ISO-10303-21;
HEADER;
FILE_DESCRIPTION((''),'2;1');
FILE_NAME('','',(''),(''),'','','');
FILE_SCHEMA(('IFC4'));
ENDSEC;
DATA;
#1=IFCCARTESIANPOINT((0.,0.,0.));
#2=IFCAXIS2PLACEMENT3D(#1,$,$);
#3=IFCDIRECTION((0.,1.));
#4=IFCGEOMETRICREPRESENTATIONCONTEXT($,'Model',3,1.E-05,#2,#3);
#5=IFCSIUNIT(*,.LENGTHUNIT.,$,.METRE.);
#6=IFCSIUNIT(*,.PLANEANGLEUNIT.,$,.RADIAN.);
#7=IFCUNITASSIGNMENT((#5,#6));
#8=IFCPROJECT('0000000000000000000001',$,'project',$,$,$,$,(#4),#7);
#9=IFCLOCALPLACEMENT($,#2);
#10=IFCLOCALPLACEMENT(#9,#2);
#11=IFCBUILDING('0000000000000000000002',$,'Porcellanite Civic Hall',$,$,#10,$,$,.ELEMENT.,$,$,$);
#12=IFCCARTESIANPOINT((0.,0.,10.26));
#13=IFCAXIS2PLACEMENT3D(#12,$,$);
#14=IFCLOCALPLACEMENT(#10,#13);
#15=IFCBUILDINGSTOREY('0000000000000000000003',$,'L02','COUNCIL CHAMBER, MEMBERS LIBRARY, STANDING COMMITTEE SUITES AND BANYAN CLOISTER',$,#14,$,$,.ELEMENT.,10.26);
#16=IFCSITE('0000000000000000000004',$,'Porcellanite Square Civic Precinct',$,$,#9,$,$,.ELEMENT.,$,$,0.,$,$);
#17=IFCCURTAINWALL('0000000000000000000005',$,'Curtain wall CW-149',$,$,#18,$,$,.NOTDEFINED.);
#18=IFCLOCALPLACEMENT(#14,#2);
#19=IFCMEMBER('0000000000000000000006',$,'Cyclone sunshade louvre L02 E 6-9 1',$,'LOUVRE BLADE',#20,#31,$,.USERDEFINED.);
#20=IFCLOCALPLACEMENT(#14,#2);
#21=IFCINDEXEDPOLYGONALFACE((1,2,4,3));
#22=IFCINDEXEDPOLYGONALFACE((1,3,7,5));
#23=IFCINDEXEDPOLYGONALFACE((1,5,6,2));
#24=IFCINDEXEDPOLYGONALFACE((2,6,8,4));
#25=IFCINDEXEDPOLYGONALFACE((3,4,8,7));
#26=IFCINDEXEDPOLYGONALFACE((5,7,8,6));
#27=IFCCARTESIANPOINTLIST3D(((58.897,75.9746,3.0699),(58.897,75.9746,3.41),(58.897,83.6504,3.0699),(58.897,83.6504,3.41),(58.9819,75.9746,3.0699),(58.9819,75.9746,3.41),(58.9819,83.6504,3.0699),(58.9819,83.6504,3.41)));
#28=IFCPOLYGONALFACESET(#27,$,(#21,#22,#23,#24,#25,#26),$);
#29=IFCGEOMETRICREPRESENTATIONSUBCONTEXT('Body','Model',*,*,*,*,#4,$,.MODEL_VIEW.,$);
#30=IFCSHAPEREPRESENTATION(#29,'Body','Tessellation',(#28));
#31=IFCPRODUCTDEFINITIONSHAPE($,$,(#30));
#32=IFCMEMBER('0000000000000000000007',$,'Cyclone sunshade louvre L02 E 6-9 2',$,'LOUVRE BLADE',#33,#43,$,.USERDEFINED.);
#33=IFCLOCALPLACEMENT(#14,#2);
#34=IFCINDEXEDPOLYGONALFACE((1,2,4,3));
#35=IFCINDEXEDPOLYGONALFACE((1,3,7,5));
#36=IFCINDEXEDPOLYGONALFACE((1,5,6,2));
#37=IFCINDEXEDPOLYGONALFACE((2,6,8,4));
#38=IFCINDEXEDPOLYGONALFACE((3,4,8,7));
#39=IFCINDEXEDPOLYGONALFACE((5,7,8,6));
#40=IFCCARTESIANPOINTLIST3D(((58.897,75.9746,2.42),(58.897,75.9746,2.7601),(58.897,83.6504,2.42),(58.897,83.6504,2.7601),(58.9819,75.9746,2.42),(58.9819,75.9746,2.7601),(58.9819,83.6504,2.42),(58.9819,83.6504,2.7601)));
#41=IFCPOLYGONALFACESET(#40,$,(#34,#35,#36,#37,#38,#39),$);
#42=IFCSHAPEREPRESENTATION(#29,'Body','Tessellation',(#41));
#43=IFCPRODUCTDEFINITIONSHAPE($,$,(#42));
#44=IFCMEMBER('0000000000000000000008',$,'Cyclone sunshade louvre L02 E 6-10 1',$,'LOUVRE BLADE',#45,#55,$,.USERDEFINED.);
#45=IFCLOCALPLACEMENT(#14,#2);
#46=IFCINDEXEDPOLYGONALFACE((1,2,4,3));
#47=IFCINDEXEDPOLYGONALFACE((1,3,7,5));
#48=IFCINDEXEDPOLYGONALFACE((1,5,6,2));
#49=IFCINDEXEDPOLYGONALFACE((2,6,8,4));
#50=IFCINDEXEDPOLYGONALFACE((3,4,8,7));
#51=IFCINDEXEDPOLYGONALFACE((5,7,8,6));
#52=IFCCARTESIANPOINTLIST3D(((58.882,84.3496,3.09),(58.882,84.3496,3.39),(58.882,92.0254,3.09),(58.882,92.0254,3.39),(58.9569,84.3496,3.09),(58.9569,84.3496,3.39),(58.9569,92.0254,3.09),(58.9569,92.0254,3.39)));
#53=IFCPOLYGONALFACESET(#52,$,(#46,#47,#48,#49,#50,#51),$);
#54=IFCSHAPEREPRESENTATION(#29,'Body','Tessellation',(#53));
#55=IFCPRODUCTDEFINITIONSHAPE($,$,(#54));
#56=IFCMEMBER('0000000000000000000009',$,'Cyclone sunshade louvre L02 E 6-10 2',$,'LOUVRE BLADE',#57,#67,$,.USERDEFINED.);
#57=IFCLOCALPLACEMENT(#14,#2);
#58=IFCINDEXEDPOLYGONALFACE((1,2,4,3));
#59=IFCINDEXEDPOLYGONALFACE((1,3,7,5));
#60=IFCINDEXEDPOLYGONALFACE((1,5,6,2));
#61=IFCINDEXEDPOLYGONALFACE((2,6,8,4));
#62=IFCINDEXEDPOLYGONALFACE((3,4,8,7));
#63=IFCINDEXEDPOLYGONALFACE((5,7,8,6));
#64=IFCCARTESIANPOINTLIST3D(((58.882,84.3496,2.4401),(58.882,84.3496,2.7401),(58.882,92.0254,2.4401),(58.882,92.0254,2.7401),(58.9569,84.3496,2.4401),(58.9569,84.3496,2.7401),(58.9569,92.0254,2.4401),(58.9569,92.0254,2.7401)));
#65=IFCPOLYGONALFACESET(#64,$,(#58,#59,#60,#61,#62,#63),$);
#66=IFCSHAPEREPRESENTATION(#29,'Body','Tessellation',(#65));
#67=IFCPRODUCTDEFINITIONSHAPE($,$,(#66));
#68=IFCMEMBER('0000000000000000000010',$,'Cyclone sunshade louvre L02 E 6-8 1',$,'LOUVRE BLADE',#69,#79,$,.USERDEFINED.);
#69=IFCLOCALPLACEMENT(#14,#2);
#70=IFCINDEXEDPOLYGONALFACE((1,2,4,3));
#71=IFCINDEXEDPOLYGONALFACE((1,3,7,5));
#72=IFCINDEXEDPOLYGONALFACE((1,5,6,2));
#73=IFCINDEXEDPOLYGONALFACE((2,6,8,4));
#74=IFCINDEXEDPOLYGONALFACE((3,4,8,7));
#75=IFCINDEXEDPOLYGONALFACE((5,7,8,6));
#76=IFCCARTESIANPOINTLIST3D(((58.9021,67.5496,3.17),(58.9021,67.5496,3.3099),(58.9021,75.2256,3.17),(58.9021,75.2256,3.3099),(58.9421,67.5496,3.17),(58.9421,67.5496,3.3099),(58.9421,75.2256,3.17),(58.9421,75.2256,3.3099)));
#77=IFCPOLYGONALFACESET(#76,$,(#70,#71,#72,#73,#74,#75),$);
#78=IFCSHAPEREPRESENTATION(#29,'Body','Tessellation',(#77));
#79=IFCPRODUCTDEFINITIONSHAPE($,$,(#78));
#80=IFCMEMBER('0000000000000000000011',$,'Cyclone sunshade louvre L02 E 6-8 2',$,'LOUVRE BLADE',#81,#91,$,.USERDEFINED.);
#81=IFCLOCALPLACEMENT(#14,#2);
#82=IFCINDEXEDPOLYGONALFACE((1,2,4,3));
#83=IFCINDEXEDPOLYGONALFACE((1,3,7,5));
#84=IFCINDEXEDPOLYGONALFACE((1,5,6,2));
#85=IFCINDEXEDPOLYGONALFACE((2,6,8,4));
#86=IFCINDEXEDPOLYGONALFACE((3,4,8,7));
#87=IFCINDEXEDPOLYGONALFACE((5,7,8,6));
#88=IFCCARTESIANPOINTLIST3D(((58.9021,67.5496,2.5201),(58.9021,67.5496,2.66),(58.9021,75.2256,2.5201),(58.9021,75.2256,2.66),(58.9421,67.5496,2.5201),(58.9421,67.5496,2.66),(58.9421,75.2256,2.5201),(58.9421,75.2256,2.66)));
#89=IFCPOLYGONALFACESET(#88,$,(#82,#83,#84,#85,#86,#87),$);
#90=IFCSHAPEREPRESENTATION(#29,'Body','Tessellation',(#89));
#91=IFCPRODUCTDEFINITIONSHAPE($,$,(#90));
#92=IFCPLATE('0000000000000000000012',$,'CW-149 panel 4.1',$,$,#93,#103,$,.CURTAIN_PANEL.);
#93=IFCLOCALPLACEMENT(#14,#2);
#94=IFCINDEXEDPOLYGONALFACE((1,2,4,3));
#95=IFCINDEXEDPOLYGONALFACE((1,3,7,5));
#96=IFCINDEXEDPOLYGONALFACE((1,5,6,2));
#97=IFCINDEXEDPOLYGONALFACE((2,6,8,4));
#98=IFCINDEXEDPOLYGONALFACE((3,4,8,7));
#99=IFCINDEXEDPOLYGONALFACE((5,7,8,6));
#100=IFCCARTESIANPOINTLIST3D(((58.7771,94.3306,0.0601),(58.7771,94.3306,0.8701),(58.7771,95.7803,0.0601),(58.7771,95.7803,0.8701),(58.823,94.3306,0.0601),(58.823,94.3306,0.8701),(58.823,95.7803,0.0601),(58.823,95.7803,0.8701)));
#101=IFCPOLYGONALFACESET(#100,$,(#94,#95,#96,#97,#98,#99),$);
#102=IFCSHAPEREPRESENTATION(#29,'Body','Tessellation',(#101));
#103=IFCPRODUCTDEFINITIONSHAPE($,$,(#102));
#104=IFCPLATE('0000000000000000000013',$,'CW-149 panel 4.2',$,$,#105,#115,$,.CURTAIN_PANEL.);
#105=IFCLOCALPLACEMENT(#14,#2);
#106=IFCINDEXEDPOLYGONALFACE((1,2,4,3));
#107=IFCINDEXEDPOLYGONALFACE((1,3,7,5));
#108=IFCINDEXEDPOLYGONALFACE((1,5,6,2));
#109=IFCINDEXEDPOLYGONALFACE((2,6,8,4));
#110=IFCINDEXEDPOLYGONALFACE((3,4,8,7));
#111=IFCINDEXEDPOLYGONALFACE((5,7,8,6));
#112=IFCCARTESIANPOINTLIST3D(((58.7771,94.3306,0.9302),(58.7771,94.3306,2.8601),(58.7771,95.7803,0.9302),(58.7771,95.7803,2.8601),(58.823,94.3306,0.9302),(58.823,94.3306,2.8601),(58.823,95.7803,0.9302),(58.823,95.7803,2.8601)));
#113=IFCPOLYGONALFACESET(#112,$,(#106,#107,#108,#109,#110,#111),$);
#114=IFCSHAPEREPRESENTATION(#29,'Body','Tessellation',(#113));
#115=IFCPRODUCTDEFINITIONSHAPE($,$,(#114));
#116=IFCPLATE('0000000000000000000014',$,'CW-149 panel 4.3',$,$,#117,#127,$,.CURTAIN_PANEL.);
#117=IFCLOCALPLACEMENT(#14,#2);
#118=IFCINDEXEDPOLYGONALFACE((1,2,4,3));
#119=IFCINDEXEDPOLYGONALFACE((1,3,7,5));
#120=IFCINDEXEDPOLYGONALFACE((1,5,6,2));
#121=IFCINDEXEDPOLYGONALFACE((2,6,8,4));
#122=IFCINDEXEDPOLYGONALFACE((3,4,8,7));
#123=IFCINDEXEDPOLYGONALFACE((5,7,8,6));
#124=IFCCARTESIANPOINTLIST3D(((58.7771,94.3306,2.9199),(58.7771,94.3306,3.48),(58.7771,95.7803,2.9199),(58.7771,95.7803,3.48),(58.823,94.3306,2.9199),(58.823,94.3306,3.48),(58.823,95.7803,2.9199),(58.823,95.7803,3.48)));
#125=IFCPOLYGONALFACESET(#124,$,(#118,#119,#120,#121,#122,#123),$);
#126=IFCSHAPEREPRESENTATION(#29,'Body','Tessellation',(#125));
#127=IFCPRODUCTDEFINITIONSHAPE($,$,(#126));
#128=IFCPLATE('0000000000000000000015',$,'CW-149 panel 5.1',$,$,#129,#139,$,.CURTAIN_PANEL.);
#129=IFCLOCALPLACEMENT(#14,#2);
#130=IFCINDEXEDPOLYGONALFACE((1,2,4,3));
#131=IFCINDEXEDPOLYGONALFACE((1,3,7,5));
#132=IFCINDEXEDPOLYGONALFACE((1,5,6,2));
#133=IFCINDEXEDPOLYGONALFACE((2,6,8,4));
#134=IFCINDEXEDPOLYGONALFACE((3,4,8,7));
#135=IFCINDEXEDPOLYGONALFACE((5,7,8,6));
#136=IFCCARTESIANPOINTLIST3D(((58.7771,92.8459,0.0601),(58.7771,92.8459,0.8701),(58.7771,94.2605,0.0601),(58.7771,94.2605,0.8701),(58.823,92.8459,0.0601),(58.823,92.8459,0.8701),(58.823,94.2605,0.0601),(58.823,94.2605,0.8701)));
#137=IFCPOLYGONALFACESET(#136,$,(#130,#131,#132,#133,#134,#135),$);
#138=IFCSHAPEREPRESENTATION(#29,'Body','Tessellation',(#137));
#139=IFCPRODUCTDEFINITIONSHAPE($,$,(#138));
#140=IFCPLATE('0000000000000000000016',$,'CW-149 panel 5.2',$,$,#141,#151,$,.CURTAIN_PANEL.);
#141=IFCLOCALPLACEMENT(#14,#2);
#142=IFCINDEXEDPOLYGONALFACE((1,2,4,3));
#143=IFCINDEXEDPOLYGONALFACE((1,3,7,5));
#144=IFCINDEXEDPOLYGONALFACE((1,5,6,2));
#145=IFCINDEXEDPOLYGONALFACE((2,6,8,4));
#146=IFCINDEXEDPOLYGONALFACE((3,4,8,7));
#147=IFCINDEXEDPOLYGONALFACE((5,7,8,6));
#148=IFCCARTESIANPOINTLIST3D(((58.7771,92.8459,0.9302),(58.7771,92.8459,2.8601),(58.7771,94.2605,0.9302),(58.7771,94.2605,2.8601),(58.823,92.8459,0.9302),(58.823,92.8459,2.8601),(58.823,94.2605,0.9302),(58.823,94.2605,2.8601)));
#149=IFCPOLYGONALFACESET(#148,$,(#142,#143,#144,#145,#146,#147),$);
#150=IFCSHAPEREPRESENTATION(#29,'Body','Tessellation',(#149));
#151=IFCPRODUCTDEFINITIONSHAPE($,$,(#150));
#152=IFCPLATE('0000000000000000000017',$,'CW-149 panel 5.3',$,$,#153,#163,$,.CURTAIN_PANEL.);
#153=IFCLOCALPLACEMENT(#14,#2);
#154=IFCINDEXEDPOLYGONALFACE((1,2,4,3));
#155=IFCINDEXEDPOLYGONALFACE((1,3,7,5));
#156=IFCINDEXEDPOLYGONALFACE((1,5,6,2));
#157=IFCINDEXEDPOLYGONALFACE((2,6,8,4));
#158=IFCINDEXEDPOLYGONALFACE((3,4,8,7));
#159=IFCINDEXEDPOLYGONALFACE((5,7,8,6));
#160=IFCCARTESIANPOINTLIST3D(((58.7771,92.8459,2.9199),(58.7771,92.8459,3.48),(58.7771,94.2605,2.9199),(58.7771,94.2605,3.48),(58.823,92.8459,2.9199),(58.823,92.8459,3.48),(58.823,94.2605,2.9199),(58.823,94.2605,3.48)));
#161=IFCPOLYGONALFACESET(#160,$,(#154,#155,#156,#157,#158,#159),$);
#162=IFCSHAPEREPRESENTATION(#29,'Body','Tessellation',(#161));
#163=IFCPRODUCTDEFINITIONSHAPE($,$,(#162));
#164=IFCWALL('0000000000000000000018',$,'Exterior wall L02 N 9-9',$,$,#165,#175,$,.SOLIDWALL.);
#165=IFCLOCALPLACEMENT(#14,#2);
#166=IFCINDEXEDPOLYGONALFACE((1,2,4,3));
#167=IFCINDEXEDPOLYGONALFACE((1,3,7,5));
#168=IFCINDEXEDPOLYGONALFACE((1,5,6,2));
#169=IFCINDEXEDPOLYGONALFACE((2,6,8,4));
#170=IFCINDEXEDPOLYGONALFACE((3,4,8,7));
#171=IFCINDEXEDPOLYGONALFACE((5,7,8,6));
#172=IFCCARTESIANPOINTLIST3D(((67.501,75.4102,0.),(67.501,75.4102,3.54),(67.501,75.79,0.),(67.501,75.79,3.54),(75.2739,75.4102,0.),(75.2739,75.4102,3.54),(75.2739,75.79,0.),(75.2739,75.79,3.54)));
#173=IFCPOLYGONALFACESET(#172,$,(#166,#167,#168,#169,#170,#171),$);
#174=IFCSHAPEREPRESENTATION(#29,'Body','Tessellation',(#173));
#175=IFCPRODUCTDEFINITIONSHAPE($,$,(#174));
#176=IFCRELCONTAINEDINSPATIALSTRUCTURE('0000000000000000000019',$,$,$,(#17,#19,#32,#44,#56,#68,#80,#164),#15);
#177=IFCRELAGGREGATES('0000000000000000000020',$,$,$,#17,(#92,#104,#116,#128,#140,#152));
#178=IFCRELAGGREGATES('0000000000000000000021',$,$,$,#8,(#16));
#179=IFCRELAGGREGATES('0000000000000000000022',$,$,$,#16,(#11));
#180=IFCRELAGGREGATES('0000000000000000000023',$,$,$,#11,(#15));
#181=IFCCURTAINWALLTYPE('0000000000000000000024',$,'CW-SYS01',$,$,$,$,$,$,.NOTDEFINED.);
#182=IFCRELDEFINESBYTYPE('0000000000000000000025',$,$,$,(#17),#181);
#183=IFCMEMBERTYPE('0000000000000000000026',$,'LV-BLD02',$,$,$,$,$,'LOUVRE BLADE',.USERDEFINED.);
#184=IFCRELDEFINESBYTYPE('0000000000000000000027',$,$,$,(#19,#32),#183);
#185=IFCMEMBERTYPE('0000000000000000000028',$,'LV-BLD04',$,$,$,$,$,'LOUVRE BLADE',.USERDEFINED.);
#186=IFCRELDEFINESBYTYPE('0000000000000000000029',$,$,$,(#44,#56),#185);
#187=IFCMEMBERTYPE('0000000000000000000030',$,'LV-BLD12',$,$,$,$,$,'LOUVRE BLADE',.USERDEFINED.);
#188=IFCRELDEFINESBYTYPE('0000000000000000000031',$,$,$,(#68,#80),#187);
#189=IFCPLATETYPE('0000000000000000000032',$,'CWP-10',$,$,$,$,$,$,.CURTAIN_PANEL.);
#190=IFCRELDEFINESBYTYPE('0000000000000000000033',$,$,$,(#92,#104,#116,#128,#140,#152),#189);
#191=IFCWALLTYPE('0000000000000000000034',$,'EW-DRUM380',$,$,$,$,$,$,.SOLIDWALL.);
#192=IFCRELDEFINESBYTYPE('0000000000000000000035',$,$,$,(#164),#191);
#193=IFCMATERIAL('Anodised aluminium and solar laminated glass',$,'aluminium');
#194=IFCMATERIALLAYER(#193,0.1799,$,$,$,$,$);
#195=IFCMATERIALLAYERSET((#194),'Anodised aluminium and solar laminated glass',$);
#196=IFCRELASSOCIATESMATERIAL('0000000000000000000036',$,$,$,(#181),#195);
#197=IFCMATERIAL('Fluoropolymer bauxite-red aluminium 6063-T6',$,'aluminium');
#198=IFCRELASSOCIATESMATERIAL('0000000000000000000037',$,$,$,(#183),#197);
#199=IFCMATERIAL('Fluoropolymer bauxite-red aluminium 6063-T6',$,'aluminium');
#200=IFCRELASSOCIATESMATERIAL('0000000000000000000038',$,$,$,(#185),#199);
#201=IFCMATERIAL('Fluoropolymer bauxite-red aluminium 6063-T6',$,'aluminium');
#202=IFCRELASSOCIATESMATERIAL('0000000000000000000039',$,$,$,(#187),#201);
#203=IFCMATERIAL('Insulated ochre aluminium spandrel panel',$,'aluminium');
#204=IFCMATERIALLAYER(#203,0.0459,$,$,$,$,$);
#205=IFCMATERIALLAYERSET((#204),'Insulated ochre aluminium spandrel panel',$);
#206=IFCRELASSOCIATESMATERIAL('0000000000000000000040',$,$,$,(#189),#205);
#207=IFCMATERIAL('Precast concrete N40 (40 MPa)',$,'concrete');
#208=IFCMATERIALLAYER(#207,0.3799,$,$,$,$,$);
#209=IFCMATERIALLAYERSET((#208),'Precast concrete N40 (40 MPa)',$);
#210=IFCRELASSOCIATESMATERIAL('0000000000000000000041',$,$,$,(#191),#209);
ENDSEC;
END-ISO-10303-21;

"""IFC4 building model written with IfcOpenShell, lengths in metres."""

from ifc_helpers import new_model, si_unit, direction, frame, frame_2d, origin, origin_2d, place, context, subcontext, project, spatial, rectangle, extrude, material, layer, layer_set, material_profile, profile_set, type_object, element, aggregate, save


model = new_model("IFC4")

# Units and contexts
model_context = context("Model", 3, precision=1e-05, world=origin(), true_north=direction((0.0, 1.0)))
body_context = subcontext(model_context, "Body", "Model", "MODEL_VIEW")
ifc_project = project(units=[si_unit("LENGTHUNIT", "METRE"), si_unit("PLANEANGLEUNIT", "RADIAN")], contexts=[model_context])

# Site, building, storey
site_placement = place(None, origin())
site = spatial("IfcSite", under=ifc_project, at=site_placement, Name="Porcellanite Square Civic Precinct", CompositionType="ELEMENT", RefElevation=0.0)
building_placement = place(site_placement, origin())
building = spatial("IfcBuilding", under=site, at=building_placement, Name="Porcellanite Civic Hall", CompositionType="ELEMENT")
storey_placement = place(building_placement, frame((0.0, 0.0, 10.26)))
storey = spatial("IfcBuildingStorey", under=building, at=storey_placement, Name="L02", Description="COUNCIL CHAMBER, MEMBERS LIBRARY, STANDING COMMITTEE SUITES AND BANYAN CLOISTER", CompositionType="ELEMENT", Elevation=10.26)

# Curtain wall
ifc_material_1 = material(Name="Anodised aluminium and solar laminated glass", Category="aluminium")
ifc_layer_1 = layer(ifc_material_1, 0.1799)
ifc_layer_set_1 = layer_set([ifc_layer_1], Name="Anodised aluminium and solar laminated glass")
curtain_wall_type = type_object("IfcCurtainWallType", Name="CW-SYS01", PredefinedType="NOTDEFINED", material=ifc_layer_set_1)
curtain_wall_placement = place(storey_placement, origin())
curtain_wall = element("IfcCurtainWall", 1, at=curtain_wall_placement, inside=storey, type_object=curtain_wall_type, Name="Curtain wall CW-149", PredefinedType="NOTDEFINED")

# Members
ifc_material_2 = material(Name="Fluoropolymer bauxite-red aluminium 6063-T6", Category="aluminium")
ifc_material_profile_1 = material_profile(ifc_material_2, rectangle(XDim=0.085, YDim=0.3401, at=origin_2d()), Name="AL-85x340")
ifc_profile_set_1 = profile_set([ifc_material_profile_1], Name="Fluoropolymer bauxite-red aluminium 6063-T6")
member_type_1 = type_object("IfcMemberType", Name="LV-BLD02", ElementType="LOUVRE BLADE", PredefinedType="USERDEFINED", material=ifc_profile_set_1)
for number, where, z_axis, x_axis, name in (
    (2, (58.9395, 83.6504, 3.24), (0.0, -1.0, 0.0), (1.0, 0.0, 0.0), "Cyclone sunshade louvre L02 E 6-9 1"),
    (3, (58.9395, 83.6504, 2.5901), (0.0, -1.0, 0.0), (1.0, 0.0, 0.0), "Cyclone sunshade louvre L02 E 6-9 2"),
):
    element("IfcMember", number, at=place(storey_placement, frame(where, z_axis=z_axis, x_axis=x_axis)), inside=storey, type_object=member_type_1, Name=name, ObjectType="LOUVRE BLADE", PredefinedType="USERDEFINED", context=body_context, shape_type="SweptSolid", body=[
        extrude(rectangle(XDim=0.085, YDim=0.3401, at=origin_2d()), origin(), (0.0, 0.0, 1.0), 7.6758),
    ])
ifc_material_3 = material(Name="Fluoropolymer bauxite-red aluminium 6063-T6", Category="aluminium")
ifc_material_profile_2 = material_profile(ifc_material_3, rectangle(XDim=0.075, YDim=0.3, at=origin_2d()), Name="AL-75x300")
ifc_profile_set_2 = profile_set([ifc_material_profile_2], Name="Fluoropolymer bauxite-red aluminium 6063-T6")
member_type_2 = type_object("IfcMemberType", Name="LV-BLD04", ElementType="LOUVRE BLADE", PredefinedType="USERDEFINED", material=ifc_profile_set_2)
for number, where, z_axis, x_axis, name in (
    (4, (58.9194, 92.0254, 3.24), (0.0, -1.0, 0.0), (1.0, 0.0, 0.0), "Cyclone sunshade louvre L02 E 6-10 1"),
    (5, (58.9194, 92.0254, 2.5901), (0.0, -1.0, 0.0), (1.0, 0.0, 0.0), "Cyclone sunshade louvre L02 E 6-10 2"),
):
    element("IfcMember", number, at=place(storey_placement, frame(where, z_axis=z_axis, x_axis=x_axis)), inside=storey, type_object=member_type_2, Name=name, ObjectType="LOUVRE BLADE", PredefinedType="USERDEFINED", context=body_context, shape_type="SweptSolid", body=[
        extrude(rectangle(XDim=0.075, YDim=0.3, at=origin_2d()), origin(), (0.0, 0.0, 1.0), 7.6758),
    ])
ifc_material_4 = material(Name="Fluoropolymer bauxite-red aluminium 6063-T6", Category="aluminium")
ifc_material_profile_3 = material_profile(ifc_material_4, rectangle(XDim=0.04, YDim=0.1399, at=origin_2d()), Name="AL-40x140")
ifc_profile_set_3 = profile_set([ifc_material_profile_3], Name="Fluoropolymer bauxite-red aluminium 6063-T6")
member_type_3 = type_object("IfcMemberType", Name="LV-BLD12", ElementType="LOUVRE BLADE", PredefinedType="USERDEFINED", material=ifc_profile_set_3)
for number, where, z_axis, x_axis, name in (
    (6, (58.9221, 75.2256, 3.24), (0.0, -1.0, 0.0), (1.0, 0.0, 0.0), "Cyclone sunshade louvre L02 E 6-8 1"),
    (7, (58.9221, 75.2256, 2.5901), (0.0, -1.0, 0.0), (1.0, 0.0, 0.0), "Cyclone sunshade louvre L02 E 6-8 2"),
):
    element("IfcMember", number, at=place(storey_placement, frame(where, z_axis=z_axis, x_axis=x_axis)), inside=storey, type_object=member_type_3, Name=name, ObjectType="LOUVRE BLADE", PredefinedType="USERDEFINED", context=body_context, shape_type="SweptSolid", body=[
        extrude(rectangle(XDim=0.04, YDim=0.1399, at=origin_2d()), origin(), (0.0, 0.0, 1.0), 7.676),
    ])

# Plates
ifc_material_5 = material(Name="Insulated ochre aluminium spandrel panel", Category="aluminium")
ifc_layer_2 = layer(ifc_material_5, 0.0459)
ifc_layer_set_2 = layer_set([ifc_layer_2], Name="Insulated ochre aluminium spandrel panel")
plate_type = type_object("IfcPlateType", Name="CWP-10", PredefinedType="CURTAIN_PANEL", material=ifc_layer_set_2)
plate_1_placement = place(storey_placement, frame((58.8, 95.0554, 0.0601), z_axis=(0.0, 0.0, 1.0), x_axis=(0.0, -1.0, 0.0)))
plate_1 = element("IfcPlate", 8, at=plate_1_placement, type_object=plate_type, Name="CW-149 panel 4.1", PredefinedType="CURTAIN_PANEL", context=body_context, shape_type="SweptSolid", body=[
    extrude(rectangle(XDim=1.4497, YDim=0.0459, at=origin_2d()), origin(), (0.0, 0.0, 1.0), 0.8101),
])
plate_2_placement = place(storey_placement, frame((58.8, 95.0554, 0.9302), z_axis=(0.0, 0.0, 1.0), x_axis=(0.0, -1.0, 0.0)))
plate_2 = element("IfcPlate", 9, at=plate_2_placement, type_object=plate_type, Name="CW-149 panel 4.2", PredefinedType="CURTAIN_PANEL", context=body_context, shape_type="SweptSolid", body=[
    extrude(rectangle(XDim=1.4497, YDim=0.0459, at=origin_2d()), origin(), (0.0, 0.0, 1.0), 1.9299),
])
plate_3_placement = place(storey_placement, frame((58.8, 95.0554, 2.9199), z_axis=(0.0, 0.0, 1.0), x_axis=(0.0, -1.0, 0.0)))
plate_3 = element("IfcPlate", 10, at=plate_3_placement, type_object=plate_type, Name="CW-149 panel 4.3", PredefinedType="CURTAIN_PANEL", context=body_context, shape_type="SweptSolid", body=[
    extrude(rectangle(XDim=1.4497, YDim=0.0459, at=origin_2d()), origin(), (0.0, 0.0, 1.0), 0.5601),
])
plate_4_placement = place(storey_placement, frame((58.8, 93.5532, 0.0601), z_axis=(0.0, 0.0, 1.0), x_axis=(0.0, -1.0, 0.0)))
plate_4 = element("IfcPlate", 11, at=plate_4_placement, type_object=plate_type, Name="CW-149 panel 5.1", PredefinedType="CURTAIN_PANEL", context=body_context, shape_type="SweptSolid", body=[
    extrude(rectangle(XDim=1.4146, YDim=0.0459, at=origin_2d()), origin(), (0.0, 0.0, 1.0), 0.8101),
])
plate_5_placement = place(storey_placement, frame((58.8, 93.5532, 0.9302), z_axis=(0.0, 0.0, 1.0), x_axis=(0.0, -1.0, 0.0)))
plate_5 = element("IfcPlate", 12, at=plate_5_placement, type_object=plate_type, Name="CW-149 panel 5.2", PredefinedType="CURTAIN_PANEL", context=body_context, shape_type="SweptSolid", body=[
    extrude(rectangle(XDim=1.4146, YDim=0.0459, at=origin_2d()), origin(), (0.0, 0.0, 1.0), 1.9299),
])
plate_6_placement = place(storey_placement, frame((58.8, 93.5532, 2.9199), z_axis=(0.0, 0.0, 1.0), x_axis=(0.0, -1.0, 0.0)))
plate_6 = element("IfcPlate", 13, at=plate_6_placement, type_object=plate_type, Name="CW-149 panel 5.3", PredefinedType="CURTAIN_PANEL", context=body_context, shape_type="SweptSolid", body=[
    extrude(rectangle(XDim=1.4146, YDim=0.0459, at=origin_2d()), origin(), (0.0, 0.0, 1.0), 0.5601),
])
aggregate(curtain_wall, [plate_1, plate_2, plate_3, plate_4, plate_5, plate_6])

# Wall
ifc_material_6 = material(Name="Precast concrete N40 (40 MPa)", Category="concrete")
ifc_layer_3 = layer(ifc_material_6, 0.3799)
ifc_layer_set_3 = layer_set([ifc_layer_3], Name="Precast concrete N40 (40 MPa)")
wall_type = type_object("IfcWallType", Name="EW-DRUM380", PredefinedType="SOLIDWALL", material=ifc_layer_set_3)
wall_placement = place(storey_placement, frame((67.501, 75.6001, 0.0), z_axis=(0.0, 0.0, 1.0), x_axis=(1.0, 0.0, 0.0)))
element("IfcWall", 14, at=wall_placement, inside=storey, type_object=wall_type, Name="Exterior wall L02 N 9-9", PredefinedType="SOLIDWALL", context=body_context, shape_type="SweptSolid", body=[
    extrude(rectangle(XDim=7.7729, YDim=0.3799, at=frame_2d((3.8865, 0.0))), origin(), (0.0, 0.0, 1.0), 3.54),
])

save(model, "model.ifc")
